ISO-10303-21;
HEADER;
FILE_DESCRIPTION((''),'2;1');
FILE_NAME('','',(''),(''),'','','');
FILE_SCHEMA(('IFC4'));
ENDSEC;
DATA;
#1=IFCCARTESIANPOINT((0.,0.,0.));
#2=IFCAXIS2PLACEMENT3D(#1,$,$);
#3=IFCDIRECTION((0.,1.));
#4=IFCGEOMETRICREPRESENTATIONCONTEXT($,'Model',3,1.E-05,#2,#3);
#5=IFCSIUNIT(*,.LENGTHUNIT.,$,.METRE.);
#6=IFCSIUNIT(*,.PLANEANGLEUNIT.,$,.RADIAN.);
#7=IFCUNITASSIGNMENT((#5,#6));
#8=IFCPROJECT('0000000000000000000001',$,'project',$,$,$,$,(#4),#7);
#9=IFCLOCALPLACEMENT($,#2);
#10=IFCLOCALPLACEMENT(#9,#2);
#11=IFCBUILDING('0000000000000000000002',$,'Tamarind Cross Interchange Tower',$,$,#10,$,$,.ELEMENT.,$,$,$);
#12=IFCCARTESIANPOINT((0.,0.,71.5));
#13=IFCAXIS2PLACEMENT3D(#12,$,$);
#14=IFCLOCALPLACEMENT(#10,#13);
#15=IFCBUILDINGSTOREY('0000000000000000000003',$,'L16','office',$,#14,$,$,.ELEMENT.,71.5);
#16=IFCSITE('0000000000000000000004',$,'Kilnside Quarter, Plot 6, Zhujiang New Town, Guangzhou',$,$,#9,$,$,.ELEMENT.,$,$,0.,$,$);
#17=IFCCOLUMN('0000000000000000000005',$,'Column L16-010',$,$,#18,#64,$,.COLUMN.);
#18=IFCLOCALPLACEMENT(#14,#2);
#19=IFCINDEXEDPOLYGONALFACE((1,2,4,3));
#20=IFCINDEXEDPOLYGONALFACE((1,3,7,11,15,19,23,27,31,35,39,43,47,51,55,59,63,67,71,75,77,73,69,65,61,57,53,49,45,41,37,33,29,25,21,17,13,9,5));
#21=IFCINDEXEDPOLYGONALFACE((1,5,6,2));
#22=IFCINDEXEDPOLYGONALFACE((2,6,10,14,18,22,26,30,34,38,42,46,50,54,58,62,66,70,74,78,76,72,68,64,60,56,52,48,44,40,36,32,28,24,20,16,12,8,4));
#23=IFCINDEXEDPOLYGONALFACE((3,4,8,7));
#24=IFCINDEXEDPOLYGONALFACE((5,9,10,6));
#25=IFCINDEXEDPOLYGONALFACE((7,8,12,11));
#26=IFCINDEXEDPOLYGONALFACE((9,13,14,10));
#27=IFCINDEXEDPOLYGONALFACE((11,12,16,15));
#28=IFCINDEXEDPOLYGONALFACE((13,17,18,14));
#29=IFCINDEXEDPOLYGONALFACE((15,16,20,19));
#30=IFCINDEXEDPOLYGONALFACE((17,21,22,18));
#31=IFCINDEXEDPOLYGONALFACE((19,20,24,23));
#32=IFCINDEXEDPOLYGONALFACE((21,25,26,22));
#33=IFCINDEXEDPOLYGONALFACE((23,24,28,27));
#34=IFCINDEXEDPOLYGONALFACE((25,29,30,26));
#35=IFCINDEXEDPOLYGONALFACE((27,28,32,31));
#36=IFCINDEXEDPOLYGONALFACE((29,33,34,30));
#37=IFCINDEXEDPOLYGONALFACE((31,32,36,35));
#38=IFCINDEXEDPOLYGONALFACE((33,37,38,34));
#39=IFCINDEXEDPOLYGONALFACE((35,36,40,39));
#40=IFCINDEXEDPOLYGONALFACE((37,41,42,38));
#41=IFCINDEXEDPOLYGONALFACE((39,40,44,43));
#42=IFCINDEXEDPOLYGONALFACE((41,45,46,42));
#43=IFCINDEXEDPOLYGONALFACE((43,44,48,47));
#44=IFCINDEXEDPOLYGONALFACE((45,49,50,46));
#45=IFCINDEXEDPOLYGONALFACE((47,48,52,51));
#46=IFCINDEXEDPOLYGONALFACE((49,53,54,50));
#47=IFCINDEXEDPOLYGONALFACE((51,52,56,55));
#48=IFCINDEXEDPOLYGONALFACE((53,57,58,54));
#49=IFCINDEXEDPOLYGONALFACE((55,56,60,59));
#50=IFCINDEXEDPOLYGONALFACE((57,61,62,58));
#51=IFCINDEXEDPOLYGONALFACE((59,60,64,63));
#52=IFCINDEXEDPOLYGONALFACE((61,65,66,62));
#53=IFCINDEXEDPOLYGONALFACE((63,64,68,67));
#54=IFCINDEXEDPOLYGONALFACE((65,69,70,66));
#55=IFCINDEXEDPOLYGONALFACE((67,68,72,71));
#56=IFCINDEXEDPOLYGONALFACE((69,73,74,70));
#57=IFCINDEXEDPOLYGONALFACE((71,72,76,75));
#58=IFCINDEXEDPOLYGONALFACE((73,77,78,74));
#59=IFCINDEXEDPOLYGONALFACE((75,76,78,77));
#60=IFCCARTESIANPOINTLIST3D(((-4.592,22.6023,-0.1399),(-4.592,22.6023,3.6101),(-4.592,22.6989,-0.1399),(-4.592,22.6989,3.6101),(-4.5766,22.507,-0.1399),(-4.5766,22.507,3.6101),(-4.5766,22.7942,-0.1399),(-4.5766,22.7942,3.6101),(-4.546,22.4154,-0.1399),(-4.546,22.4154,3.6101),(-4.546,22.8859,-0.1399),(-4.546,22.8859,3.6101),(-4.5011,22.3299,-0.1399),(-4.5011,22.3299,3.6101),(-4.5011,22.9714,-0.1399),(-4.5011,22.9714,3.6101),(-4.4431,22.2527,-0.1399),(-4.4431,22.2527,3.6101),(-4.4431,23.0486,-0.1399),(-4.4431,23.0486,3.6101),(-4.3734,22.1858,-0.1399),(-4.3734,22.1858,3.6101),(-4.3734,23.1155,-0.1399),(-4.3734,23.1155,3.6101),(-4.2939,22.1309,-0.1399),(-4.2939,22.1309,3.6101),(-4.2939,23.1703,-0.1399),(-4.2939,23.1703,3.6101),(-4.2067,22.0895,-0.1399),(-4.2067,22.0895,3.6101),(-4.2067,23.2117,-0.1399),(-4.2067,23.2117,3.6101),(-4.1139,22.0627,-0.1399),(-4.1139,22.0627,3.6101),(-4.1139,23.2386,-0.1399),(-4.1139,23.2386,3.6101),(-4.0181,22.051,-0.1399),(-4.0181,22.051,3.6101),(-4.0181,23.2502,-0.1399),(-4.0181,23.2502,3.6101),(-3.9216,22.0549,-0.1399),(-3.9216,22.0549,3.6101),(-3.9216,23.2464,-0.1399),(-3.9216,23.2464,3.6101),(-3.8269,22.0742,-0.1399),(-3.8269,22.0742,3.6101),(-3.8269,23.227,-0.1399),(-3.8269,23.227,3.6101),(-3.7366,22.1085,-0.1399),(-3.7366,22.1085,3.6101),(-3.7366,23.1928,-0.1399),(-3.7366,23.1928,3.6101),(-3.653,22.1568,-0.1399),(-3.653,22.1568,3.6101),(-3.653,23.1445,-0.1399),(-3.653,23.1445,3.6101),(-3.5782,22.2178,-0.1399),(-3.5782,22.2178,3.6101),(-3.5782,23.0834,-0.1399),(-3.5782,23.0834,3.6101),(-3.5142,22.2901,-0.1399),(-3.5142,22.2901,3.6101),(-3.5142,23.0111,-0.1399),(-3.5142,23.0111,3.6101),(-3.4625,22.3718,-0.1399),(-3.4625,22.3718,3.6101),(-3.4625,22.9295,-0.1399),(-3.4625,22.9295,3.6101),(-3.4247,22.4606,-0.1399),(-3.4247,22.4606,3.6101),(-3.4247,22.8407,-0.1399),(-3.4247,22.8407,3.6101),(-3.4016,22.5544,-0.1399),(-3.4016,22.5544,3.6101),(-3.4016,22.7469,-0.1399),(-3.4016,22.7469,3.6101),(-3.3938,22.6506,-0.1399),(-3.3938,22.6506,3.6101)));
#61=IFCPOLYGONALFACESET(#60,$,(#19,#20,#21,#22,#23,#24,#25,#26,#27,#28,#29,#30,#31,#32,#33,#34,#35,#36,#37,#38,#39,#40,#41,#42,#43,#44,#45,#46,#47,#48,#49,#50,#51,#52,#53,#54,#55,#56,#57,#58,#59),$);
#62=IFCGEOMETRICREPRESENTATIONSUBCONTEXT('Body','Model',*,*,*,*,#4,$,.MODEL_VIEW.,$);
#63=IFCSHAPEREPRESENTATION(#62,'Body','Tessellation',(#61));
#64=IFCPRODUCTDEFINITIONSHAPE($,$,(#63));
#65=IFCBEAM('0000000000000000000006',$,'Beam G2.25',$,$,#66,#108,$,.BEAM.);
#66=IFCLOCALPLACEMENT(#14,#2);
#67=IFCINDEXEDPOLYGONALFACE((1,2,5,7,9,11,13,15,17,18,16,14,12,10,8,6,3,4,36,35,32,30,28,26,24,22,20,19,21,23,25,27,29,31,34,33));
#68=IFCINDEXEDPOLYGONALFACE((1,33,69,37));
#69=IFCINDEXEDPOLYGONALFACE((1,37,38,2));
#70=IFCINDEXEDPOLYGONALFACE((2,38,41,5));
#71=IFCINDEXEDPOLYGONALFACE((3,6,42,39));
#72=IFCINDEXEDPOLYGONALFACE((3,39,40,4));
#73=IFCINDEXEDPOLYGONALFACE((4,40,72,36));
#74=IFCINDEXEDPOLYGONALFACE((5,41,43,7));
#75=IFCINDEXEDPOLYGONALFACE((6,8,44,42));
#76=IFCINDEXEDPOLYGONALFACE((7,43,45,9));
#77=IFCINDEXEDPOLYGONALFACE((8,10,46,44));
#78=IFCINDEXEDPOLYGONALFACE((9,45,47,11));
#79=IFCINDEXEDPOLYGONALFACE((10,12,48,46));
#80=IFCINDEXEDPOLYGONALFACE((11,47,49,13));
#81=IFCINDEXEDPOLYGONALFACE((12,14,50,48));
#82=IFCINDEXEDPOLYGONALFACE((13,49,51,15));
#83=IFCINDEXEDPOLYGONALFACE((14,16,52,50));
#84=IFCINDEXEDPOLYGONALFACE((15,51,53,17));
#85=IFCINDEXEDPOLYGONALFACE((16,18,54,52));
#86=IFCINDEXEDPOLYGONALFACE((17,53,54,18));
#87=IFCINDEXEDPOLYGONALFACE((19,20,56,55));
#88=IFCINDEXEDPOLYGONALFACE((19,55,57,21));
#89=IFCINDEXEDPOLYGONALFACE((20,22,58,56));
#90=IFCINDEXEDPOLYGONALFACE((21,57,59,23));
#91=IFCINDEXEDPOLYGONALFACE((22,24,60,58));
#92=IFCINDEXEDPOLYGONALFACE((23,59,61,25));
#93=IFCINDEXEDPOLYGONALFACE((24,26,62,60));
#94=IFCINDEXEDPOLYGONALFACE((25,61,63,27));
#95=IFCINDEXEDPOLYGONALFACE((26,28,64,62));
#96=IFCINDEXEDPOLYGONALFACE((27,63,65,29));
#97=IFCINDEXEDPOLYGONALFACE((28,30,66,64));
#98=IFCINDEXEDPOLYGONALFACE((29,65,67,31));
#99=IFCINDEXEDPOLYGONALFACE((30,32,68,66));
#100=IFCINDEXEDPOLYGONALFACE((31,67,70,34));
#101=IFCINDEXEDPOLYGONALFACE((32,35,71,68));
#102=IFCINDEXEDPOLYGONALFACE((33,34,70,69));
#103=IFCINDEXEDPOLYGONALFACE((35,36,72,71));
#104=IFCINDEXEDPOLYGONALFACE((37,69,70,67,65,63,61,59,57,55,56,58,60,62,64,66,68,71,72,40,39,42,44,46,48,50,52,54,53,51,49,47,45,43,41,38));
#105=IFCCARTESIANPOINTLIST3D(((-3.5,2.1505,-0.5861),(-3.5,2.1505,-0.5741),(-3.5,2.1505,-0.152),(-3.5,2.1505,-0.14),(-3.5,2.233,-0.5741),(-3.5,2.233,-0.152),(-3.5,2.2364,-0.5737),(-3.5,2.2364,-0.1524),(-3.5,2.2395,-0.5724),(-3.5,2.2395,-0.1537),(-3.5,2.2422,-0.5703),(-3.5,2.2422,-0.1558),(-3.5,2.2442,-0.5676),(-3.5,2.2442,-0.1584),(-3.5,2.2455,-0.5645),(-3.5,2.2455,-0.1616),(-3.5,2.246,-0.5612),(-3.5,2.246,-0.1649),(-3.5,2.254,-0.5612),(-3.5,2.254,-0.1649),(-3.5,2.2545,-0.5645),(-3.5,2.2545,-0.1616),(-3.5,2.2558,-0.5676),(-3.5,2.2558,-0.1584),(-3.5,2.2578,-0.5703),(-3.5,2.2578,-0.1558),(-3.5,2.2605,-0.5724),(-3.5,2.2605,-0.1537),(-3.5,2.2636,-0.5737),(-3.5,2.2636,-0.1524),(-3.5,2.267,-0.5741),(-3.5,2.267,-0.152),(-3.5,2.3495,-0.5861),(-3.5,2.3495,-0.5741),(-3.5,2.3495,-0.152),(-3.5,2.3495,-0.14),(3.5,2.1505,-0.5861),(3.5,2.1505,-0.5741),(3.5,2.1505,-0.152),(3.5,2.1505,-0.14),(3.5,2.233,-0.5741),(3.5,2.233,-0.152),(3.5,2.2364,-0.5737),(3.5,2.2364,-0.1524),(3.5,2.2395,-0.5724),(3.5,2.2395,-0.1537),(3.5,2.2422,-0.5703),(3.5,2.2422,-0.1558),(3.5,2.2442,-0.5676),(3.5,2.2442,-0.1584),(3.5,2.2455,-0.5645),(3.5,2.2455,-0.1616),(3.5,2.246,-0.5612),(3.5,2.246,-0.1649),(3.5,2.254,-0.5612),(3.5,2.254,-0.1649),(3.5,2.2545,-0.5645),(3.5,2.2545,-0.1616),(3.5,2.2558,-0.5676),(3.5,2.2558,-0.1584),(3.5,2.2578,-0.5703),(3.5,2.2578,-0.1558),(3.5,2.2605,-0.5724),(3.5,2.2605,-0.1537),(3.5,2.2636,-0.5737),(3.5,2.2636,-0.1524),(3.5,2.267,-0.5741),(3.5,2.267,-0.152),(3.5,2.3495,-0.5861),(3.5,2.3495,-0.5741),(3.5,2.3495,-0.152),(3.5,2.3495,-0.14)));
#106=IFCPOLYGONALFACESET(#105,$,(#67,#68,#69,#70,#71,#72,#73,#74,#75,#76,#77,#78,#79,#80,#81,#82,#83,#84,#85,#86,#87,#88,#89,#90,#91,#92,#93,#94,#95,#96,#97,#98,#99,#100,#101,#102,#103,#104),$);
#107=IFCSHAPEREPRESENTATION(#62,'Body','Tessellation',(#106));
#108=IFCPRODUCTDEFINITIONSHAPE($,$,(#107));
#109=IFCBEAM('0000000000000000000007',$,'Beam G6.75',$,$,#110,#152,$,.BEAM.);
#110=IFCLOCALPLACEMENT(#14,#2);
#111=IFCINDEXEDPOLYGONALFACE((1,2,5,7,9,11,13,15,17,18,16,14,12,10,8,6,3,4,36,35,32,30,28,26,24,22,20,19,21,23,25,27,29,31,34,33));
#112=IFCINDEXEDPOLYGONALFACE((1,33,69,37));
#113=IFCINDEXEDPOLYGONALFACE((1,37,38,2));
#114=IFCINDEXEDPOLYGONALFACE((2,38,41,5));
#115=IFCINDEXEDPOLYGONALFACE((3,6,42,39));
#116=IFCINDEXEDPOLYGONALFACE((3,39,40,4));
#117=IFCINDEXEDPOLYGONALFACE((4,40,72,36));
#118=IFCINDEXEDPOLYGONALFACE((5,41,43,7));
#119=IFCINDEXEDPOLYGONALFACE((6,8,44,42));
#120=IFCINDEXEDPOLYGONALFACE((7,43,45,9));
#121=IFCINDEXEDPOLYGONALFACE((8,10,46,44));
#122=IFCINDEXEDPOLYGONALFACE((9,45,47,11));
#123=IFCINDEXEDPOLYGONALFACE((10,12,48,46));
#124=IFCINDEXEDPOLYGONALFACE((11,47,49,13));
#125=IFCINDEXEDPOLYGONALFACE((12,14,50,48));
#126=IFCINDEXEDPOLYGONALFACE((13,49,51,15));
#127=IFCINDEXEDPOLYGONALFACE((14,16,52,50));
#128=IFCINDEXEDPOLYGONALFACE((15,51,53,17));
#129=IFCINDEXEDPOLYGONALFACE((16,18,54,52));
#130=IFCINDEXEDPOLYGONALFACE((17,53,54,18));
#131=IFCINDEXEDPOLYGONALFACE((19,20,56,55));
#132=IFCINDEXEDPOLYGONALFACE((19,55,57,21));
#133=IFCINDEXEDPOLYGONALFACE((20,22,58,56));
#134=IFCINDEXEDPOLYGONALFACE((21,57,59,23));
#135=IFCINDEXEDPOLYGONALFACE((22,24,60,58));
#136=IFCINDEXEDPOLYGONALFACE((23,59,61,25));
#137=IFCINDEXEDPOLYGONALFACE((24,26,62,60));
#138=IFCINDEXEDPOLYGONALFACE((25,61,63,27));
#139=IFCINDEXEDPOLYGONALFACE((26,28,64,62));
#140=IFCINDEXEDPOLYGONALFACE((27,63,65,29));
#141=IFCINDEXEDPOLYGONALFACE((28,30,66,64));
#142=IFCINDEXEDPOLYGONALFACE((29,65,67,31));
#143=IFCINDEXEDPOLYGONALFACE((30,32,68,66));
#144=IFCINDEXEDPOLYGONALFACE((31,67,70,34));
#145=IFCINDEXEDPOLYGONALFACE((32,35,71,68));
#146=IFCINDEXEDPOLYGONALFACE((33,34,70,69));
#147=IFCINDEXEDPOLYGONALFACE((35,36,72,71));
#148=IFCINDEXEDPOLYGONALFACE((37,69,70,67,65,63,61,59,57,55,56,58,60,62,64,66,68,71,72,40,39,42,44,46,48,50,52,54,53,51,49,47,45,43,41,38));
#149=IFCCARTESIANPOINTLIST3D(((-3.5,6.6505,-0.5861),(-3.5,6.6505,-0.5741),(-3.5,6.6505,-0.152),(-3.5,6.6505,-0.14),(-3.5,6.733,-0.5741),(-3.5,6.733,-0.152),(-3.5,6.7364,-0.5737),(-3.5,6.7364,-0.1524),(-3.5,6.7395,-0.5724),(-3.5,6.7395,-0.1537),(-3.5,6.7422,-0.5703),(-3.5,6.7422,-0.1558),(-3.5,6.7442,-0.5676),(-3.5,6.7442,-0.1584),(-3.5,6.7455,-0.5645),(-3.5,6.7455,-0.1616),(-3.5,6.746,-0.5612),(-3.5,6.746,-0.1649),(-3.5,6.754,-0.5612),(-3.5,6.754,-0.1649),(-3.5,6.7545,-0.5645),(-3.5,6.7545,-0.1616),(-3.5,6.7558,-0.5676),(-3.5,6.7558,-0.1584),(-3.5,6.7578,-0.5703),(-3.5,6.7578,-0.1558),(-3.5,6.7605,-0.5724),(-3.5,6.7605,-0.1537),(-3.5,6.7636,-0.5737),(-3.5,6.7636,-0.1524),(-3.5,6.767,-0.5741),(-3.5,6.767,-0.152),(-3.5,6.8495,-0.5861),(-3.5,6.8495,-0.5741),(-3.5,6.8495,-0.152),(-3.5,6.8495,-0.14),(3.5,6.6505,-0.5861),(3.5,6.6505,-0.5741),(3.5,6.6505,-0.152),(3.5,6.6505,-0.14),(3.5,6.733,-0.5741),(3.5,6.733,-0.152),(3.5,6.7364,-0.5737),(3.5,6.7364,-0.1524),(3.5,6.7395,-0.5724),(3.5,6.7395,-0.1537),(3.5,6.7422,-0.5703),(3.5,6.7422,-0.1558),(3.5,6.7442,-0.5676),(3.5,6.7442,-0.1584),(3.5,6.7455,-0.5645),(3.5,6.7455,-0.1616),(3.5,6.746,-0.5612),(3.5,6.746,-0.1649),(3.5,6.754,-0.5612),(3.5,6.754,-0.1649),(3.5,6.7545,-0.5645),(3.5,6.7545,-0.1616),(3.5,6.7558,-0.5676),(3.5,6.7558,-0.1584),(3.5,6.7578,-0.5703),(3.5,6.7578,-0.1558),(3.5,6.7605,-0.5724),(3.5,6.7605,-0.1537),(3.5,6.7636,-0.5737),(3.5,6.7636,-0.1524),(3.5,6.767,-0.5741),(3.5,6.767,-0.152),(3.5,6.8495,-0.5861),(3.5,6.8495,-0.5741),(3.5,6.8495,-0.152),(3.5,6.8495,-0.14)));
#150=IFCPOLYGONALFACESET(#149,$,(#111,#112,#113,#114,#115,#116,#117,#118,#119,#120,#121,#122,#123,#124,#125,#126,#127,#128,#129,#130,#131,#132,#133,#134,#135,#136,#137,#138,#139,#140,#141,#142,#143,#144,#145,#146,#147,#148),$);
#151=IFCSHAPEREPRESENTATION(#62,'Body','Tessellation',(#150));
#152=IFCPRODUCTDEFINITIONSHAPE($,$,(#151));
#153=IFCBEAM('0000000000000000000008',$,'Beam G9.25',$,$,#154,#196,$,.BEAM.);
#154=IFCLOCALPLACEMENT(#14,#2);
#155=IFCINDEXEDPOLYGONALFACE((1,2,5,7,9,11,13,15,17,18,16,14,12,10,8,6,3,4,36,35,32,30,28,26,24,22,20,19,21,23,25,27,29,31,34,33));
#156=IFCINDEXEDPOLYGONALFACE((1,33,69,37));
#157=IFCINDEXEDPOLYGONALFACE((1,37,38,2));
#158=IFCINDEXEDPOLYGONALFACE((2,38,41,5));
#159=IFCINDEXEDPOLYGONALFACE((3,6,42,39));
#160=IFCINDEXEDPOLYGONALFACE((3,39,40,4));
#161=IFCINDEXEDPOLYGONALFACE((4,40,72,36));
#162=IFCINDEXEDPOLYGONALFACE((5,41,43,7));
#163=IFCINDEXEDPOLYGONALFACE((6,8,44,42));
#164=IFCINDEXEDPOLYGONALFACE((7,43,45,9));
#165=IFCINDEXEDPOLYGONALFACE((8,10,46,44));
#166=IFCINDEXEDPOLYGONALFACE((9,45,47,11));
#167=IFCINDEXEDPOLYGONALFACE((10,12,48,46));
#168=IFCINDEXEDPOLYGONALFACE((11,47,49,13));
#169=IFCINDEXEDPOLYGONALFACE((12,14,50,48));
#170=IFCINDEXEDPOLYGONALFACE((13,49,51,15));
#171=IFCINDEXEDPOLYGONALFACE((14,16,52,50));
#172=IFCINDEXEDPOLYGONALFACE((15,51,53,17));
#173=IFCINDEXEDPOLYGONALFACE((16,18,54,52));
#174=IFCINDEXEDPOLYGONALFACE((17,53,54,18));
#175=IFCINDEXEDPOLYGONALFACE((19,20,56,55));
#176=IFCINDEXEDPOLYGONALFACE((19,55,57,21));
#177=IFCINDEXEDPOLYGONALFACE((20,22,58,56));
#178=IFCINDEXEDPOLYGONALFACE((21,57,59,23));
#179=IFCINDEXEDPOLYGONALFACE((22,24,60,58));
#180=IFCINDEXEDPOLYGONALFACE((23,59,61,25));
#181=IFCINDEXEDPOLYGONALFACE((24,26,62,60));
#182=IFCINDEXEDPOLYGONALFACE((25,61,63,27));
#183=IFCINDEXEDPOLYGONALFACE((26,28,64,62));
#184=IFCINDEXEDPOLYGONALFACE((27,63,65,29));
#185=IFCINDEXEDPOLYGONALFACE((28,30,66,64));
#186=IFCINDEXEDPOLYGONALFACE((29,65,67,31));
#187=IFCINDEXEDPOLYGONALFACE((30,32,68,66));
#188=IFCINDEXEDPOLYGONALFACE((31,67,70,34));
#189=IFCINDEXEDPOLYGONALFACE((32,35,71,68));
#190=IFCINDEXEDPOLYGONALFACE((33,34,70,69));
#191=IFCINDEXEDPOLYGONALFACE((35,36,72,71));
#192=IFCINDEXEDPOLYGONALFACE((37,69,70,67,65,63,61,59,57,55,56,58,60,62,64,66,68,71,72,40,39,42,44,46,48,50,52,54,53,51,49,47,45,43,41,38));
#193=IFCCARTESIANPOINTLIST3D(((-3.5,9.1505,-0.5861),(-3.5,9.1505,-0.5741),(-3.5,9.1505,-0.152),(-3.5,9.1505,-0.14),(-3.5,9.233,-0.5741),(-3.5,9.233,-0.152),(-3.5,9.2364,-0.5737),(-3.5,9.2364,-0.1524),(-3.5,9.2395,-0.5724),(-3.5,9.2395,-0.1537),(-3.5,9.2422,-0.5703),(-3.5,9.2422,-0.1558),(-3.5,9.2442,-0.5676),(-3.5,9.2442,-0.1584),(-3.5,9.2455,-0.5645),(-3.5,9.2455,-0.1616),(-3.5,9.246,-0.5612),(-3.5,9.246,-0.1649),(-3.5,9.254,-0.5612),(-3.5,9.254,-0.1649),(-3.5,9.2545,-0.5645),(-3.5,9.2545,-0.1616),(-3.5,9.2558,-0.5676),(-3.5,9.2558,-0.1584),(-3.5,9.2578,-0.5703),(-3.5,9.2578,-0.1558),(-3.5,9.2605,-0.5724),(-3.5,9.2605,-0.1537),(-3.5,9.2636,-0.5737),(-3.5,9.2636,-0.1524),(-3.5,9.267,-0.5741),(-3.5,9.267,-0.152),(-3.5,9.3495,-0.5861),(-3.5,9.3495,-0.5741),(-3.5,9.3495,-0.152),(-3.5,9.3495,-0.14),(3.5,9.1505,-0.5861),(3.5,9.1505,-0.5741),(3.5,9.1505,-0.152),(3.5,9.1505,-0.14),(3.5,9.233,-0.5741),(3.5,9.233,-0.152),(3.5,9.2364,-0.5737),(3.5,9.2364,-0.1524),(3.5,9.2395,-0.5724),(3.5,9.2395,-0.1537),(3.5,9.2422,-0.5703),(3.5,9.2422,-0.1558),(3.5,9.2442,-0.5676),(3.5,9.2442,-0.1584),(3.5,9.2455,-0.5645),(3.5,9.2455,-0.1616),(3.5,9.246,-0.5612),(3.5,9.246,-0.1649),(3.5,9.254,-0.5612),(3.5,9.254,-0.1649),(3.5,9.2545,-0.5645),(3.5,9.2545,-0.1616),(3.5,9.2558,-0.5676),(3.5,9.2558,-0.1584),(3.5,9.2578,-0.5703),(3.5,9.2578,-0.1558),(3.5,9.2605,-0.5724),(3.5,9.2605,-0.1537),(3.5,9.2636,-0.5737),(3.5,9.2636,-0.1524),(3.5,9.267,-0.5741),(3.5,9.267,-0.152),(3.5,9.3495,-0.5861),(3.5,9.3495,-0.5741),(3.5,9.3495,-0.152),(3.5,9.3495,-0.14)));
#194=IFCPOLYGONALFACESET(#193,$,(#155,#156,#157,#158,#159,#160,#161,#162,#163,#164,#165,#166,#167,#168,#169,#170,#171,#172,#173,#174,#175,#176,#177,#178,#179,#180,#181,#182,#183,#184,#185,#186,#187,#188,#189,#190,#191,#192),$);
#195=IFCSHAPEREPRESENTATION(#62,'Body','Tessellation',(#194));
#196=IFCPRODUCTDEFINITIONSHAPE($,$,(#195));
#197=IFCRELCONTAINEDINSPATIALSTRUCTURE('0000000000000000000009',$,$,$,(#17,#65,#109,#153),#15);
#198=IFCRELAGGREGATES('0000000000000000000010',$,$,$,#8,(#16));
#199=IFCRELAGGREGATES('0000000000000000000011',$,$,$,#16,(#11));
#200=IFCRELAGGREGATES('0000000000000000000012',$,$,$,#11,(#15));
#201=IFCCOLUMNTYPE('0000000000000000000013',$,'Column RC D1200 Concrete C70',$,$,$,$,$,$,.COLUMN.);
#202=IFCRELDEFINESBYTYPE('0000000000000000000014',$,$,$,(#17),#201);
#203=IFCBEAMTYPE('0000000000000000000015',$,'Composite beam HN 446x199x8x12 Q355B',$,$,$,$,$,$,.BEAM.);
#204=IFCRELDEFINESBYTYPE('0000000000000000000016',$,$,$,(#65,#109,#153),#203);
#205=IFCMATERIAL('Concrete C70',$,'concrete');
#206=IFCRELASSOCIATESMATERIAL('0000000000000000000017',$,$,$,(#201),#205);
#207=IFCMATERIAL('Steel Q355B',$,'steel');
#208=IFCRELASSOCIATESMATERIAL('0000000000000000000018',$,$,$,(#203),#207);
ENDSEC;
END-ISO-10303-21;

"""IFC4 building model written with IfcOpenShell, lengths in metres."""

from ifc_helpers import new_model, si_unit, direction, frame, origin, origin_2d, place, context, subcontext, project, spatial, circle, i_section, extrude, material, material_profile, profile_set, type_object, element, save


model = new_model("IFC4")

# Units and contexts
model_context = context("Model", 3, precision=1e-05, world=origin(), true_north=direction((0.0, 1.0)))
body_context = subcontext(model_context, "Body", "Model", "MODEL_VIEW")
ifc_project = project(units=[si_unit("LENGTHUNIT", "METRE"), si_unit("PLANEANGLEUNIT", "RADIAN")], contexts=[model_context])

# Site, building, storey
site_placement = place(None, origin())
site = spatial("IfcSite", under=ifc_project, at=site_placement, Name="Kilnside Quarter, Plot 6, Zhujiang New Town, Guangzhou", CompositionType="ELEMENT", RefElevation=0.0)
building_placement = place(site_placement, origin())
building = spatial("IfcBuilding", under=site, at=building_placement, Name="Tamarind Cross Interchange Tower", CompositionType="ELEMENT")
storey_placement = place(building_placement, frame((0.0, 0.0, 71.5)))
storey = spatial("IfcBuildingStorey", under=building, at=storey_placement, Name="L16", Description="office", CompositionType="ELEMENT", Elevation=71.5)

# Column
ifc_material_1 = material(Name="Concrete C70", Category="concrete")
ifc_material_profile_1 = material_profile(ifc_material_1, circle(Radius=0.6001, at=origin_2d()), Name="RC D1200")
ifc_profile_set_1 = profile_set([ifc_material_profile_1], Name="Concrete C70")
column_type = type_object("IfcColumnType", Name="Column RC D1200 Concrete C70", PredefinedType="COLUMN", material=ifc_profile_set_1)
column_placement = place(storey_placement, frame((-3.9939, 22.6506, -0.1399), z_axis=(0.0, 0.0, 1.0), x_axis=(1.0, 0.0, 0.0)))
element("IfcColumn", 1, at=column_placement, inside=storey, type_object=column_type, Name="Column L16-010", PredefinedType="COLUMN", context=body_context, shape_type="SweptSolid", body=[
    extrude(circle(Radius=0.6001, at=origin_2d()), origin(), (0.0, 0.0, 1.0), 3.75),
])

# Beams
ifc_material_2 = material(Name="Steel Q355B", Category="steel")
ifc_material_profile_2 = material_profile(ifc_material_2, i_section(OverallWidth=0.199, OverallDepth=0.446, WebThickness=0.0081, FlangeThickness=0.012, FilletRadius=0.0129, at=origin_2d()), Name="HN 446x199x8x12")
ifc_profile_set_2 = profile_set([ifc_material_profile_2], Name="Steel Q355B")
beam_type_1 = type_object("IfcBeamType", Name="Composite beam HN 446x199x8x12 Q355B", PredefinedType="BEAM", material=ifc_profile_set_2)
for number, where, z_axis, x_axis, name in (
    (2, (-3.5, 2.25, -0.363), (1.0, 0.0, 0.0), (0.0, 1.0, 0.0), "Beam G2.25"),
    (3, (-3.5, 6.75, -0.363), (1.0, 0.0, 0.0), (0.0, 1.0, 0.0), "Beam G6.75"),
    (4, (-3.5, 9.25, -0.363), (1.0, 0.0, 0.0), (0.0, 1.0, 0.0), "Beam G9.25"),
):
    element("IfcBeam", number, at=place(storey_placement, frame(where, z_axis=z_axis, x_axis=x_axis)), inside=storey, type_object=beam_type_1, Name=name, PredefinedType="BEAM", context=body_context, shape_type="SweptSolid", body=[
        extrude(i_section(OverallWidth=0.199, OverallDepth=0.446, WebThickness=0.0081, FlangeThickness=0.012, FilletRadius=0.0129, at=origin_2d()), origin(), (0.0, 0.0, 1.0), 7.0),
    ])

save(model, "model.ifc")
